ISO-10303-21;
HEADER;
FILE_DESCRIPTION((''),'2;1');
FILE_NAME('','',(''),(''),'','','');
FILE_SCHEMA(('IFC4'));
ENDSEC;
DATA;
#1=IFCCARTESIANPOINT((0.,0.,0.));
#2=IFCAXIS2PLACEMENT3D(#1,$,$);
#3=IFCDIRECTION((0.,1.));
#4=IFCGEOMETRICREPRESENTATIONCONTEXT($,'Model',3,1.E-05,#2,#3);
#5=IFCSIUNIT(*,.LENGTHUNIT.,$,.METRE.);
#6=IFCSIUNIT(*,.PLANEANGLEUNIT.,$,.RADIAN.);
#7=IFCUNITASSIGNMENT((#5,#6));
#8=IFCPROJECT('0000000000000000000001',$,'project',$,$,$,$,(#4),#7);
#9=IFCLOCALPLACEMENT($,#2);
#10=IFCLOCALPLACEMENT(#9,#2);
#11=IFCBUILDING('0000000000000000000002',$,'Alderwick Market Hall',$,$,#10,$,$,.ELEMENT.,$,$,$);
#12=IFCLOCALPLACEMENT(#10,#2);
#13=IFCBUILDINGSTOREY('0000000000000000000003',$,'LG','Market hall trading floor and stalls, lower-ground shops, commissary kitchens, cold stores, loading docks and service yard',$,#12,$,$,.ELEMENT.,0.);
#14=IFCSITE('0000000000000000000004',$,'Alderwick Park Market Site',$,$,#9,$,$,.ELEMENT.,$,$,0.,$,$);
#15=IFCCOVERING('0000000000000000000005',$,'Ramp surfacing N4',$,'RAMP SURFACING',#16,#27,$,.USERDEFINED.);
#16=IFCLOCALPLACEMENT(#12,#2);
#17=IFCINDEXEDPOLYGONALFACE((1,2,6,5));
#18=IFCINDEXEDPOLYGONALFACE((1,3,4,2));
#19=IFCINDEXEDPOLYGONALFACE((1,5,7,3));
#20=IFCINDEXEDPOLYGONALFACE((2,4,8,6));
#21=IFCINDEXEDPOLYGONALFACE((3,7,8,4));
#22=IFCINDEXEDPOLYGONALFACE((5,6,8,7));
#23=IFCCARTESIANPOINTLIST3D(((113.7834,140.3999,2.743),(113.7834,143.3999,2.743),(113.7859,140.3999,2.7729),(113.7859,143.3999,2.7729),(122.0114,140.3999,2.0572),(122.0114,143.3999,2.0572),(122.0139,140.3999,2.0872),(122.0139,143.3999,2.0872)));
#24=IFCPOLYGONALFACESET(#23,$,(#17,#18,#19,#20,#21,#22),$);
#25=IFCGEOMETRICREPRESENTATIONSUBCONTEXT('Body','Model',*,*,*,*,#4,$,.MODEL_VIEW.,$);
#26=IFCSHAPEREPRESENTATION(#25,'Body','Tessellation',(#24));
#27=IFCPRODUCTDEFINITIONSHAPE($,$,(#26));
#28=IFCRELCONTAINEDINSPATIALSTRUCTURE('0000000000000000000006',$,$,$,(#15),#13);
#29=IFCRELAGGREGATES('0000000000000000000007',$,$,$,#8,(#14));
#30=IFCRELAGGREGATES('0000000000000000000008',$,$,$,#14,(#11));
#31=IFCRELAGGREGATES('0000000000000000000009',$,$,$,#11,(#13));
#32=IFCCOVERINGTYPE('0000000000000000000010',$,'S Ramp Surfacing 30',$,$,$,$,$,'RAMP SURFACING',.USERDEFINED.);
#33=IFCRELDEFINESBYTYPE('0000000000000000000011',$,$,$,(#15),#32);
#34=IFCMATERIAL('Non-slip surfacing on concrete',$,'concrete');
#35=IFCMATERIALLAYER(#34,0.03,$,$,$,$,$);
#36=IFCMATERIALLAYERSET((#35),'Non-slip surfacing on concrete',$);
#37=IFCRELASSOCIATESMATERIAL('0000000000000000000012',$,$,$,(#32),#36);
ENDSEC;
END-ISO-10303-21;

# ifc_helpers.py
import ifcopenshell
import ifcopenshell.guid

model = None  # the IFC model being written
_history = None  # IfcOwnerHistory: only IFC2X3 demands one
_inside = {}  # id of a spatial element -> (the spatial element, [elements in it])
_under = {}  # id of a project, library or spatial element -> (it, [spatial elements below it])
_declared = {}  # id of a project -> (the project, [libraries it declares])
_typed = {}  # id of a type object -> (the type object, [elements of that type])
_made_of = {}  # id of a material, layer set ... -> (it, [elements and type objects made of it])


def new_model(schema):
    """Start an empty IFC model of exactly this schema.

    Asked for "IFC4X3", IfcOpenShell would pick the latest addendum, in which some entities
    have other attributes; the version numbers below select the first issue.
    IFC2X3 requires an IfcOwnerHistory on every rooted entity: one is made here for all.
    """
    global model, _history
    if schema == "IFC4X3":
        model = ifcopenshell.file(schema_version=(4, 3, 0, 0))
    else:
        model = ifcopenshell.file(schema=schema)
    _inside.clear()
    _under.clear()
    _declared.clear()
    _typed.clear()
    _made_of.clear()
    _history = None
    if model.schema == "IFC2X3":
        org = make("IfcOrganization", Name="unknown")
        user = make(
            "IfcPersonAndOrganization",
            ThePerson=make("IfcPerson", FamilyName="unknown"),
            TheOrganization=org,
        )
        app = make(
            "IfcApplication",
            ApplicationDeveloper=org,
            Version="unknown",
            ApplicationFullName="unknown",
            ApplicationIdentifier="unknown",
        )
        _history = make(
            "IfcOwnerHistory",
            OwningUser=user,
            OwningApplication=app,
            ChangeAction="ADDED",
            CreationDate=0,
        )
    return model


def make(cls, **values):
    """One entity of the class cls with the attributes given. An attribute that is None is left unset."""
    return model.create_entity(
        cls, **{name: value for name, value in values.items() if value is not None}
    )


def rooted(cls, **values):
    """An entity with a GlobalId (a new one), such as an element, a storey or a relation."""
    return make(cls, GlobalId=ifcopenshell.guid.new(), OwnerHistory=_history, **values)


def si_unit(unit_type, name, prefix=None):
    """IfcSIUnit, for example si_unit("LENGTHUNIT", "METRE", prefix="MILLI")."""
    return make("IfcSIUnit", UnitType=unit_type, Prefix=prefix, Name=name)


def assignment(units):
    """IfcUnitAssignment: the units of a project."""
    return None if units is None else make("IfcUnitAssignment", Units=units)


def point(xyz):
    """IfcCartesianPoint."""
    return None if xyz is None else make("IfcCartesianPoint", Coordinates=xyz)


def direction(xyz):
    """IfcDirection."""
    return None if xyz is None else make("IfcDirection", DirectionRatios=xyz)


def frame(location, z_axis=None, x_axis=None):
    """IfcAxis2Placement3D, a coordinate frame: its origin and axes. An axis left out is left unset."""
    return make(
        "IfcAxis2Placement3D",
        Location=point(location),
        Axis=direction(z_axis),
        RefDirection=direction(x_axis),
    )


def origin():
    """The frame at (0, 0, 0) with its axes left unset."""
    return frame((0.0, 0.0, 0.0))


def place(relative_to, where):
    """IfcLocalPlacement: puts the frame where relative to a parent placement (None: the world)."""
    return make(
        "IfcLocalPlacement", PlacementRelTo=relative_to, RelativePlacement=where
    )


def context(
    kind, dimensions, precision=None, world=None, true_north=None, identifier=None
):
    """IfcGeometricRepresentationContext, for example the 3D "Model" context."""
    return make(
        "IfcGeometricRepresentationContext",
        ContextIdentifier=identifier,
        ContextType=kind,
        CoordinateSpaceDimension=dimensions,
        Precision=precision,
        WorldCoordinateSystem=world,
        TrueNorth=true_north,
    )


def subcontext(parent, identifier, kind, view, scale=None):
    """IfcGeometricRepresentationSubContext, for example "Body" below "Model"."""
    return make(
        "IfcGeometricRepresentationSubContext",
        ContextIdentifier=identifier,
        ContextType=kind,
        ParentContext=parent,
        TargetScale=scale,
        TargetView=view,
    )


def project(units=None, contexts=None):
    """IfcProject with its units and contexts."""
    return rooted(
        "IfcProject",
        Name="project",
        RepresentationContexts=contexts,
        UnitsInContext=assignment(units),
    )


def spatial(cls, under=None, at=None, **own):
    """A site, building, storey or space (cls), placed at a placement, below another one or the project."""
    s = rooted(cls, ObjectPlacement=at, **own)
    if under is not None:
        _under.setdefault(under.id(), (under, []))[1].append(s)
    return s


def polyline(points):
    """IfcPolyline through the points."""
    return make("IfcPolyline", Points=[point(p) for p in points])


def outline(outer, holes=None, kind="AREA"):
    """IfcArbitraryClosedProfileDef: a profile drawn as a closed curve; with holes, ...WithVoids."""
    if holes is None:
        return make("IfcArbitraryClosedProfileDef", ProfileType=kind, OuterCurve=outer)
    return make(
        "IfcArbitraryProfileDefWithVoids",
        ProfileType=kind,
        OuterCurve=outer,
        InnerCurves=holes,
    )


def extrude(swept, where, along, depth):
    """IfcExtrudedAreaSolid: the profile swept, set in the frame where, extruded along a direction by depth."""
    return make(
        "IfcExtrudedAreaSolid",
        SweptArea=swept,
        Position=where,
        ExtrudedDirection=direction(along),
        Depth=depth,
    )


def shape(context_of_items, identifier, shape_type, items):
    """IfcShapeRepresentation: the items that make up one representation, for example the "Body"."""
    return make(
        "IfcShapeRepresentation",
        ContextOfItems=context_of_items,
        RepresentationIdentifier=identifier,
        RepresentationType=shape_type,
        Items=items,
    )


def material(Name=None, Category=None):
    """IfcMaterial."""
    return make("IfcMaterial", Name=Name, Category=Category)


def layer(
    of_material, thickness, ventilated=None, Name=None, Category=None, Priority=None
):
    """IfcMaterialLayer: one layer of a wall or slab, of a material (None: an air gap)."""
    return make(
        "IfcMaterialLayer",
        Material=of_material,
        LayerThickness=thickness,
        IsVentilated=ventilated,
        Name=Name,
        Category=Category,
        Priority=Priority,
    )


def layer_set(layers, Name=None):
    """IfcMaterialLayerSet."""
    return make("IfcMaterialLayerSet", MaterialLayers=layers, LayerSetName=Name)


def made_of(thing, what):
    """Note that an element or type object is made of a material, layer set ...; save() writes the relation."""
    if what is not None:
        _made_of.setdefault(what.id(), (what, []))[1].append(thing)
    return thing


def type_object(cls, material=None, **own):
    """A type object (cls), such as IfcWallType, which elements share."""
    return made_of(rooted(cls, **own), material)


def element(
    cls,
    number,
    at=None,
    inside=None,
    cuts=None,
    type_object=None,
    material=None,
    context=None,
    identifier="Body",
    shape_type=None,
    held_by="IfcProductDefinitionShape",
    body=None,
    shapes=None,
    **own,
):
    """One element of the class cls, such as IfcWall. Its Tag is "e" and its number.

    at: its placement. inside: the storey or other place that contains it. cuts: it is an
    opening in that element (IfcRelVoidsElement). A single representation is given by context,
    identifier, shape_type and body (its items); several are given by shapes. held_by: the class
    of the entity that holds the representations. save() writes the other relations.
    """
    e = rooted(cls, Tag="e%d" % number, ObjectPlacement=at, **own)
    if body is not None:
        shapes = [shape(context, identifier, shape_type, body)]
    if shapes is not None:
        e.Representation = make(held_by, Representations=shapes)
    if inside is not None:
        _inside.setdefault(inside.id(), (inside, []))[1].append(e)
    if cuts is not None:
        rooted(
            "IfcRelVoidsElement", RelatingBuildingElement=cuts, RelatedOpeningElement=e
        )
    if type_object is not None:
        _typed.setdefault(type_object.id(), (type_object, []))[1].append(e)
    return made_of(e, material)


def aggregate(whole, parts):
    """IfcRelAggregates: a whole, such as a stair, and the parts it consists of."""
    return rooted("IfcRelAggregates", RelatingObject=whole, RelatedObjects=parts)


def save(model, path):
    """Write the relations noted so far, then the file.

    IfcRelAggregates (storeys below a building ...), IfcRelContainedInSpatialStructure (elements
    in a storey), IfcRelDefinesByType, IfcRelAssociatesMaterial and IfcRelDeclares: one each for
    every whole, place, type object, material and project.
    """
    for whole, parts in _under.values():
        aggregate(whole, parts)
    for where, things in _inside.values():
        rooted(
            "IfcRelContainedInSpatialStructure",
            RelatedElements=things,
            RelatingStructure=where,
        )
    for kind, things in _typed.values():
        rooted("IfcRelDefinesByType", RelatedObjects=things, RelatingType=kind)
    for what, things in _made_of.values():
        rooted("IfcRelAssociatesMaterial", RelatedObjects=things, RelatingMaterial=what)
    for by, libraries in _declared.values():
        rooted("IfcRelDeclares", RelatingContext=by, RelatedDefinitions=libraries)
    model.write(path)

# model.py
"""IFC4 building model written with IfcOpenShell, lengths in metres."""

from ifc_helpers import new_model, si_unit, direction, frame, origin, place, context, subcontext, project, spatial, polyline, outline, extrude, material, layer, layer_set, type_object, element, save


model = new_model("IFC4")

# Units and contexts
model_context = context("Model", 3, precision=1e-05, world=origin(), true_north=direction((0.0, 1.0)))
body_context = subcontext(model_context, "Body", "Model", "MODEL_VIEW")
ifc_project = project(units=[si_unit("LENGTHUNIT", "METRE"), si_unit("PLANEANGLEUNIT", "RADIAN")], contexts=[model_context])

# Site, building, storey
site_placement = place(None, origin())
site = spatial("IfcSite", under=ifc_project, at=site_placement, Name="Alderwick Park Market Site", CompositionType="ELEMENT", RefElevation=0.0)
building_placement = place(site_placement, origin())
building = spatial("IfcBuilding", under=site, at=building_placement, Name="Alderwick Market Hall", CompositionType="ELEMENT")
storey_placement = place(building_placement, origin())
storey = spatial("IfcBuildingStorey", under=building, at=storey_placement, Name="LG", Description="Market hall trading floor and stalls, lower-ground shops, commissary kitchens, cold stores, loading docks and service yard", CompositionType="ELEMENT", Elevation=0.0)

# Covering
ifc_material_1 = material(Name="Non-slip surfacing on concrete", Category="concrete")
ifc_layer_1 = layer(ifc_material_1, 0.03)
ifc_layer_set_1 = layer_set([ifc_layer_1], Name="Non-slip surfacing on concrete")
covering_type = type_object("IfcCoveringType", Name="S Ramp Surfacing 30", ElementType="RAMP SURFACING", PredefinedType="USERDEFINED", material=ifc_layer_set_1)
covering_placement = place(storey_placement, frame((122.0139, 140.3999, 2.0872), z_axis=(0.08306, 0.0, 0.996545), x_axis=(-0.996545, 0.0, 0.08306)))
element("IfcCovering", 1, at=covering_placement, inside=storey, type_object=covering_type, Name="Ramp surfacing N4", ObjectType="RAMP SURFACING", PredefinedType="USERDEFINED", context=body_context, shape_type="SweptSolid", body=[
    extrude(outline(polyline([(0.0, 0.0), (8.2566, 0.0), (8.2566, -3.0), (0.0, -3.0), (0.0, 0.0)])), origin(), (0.0, 0.0, -1.0), 0.03),
])

save(model, "model.ifc")
